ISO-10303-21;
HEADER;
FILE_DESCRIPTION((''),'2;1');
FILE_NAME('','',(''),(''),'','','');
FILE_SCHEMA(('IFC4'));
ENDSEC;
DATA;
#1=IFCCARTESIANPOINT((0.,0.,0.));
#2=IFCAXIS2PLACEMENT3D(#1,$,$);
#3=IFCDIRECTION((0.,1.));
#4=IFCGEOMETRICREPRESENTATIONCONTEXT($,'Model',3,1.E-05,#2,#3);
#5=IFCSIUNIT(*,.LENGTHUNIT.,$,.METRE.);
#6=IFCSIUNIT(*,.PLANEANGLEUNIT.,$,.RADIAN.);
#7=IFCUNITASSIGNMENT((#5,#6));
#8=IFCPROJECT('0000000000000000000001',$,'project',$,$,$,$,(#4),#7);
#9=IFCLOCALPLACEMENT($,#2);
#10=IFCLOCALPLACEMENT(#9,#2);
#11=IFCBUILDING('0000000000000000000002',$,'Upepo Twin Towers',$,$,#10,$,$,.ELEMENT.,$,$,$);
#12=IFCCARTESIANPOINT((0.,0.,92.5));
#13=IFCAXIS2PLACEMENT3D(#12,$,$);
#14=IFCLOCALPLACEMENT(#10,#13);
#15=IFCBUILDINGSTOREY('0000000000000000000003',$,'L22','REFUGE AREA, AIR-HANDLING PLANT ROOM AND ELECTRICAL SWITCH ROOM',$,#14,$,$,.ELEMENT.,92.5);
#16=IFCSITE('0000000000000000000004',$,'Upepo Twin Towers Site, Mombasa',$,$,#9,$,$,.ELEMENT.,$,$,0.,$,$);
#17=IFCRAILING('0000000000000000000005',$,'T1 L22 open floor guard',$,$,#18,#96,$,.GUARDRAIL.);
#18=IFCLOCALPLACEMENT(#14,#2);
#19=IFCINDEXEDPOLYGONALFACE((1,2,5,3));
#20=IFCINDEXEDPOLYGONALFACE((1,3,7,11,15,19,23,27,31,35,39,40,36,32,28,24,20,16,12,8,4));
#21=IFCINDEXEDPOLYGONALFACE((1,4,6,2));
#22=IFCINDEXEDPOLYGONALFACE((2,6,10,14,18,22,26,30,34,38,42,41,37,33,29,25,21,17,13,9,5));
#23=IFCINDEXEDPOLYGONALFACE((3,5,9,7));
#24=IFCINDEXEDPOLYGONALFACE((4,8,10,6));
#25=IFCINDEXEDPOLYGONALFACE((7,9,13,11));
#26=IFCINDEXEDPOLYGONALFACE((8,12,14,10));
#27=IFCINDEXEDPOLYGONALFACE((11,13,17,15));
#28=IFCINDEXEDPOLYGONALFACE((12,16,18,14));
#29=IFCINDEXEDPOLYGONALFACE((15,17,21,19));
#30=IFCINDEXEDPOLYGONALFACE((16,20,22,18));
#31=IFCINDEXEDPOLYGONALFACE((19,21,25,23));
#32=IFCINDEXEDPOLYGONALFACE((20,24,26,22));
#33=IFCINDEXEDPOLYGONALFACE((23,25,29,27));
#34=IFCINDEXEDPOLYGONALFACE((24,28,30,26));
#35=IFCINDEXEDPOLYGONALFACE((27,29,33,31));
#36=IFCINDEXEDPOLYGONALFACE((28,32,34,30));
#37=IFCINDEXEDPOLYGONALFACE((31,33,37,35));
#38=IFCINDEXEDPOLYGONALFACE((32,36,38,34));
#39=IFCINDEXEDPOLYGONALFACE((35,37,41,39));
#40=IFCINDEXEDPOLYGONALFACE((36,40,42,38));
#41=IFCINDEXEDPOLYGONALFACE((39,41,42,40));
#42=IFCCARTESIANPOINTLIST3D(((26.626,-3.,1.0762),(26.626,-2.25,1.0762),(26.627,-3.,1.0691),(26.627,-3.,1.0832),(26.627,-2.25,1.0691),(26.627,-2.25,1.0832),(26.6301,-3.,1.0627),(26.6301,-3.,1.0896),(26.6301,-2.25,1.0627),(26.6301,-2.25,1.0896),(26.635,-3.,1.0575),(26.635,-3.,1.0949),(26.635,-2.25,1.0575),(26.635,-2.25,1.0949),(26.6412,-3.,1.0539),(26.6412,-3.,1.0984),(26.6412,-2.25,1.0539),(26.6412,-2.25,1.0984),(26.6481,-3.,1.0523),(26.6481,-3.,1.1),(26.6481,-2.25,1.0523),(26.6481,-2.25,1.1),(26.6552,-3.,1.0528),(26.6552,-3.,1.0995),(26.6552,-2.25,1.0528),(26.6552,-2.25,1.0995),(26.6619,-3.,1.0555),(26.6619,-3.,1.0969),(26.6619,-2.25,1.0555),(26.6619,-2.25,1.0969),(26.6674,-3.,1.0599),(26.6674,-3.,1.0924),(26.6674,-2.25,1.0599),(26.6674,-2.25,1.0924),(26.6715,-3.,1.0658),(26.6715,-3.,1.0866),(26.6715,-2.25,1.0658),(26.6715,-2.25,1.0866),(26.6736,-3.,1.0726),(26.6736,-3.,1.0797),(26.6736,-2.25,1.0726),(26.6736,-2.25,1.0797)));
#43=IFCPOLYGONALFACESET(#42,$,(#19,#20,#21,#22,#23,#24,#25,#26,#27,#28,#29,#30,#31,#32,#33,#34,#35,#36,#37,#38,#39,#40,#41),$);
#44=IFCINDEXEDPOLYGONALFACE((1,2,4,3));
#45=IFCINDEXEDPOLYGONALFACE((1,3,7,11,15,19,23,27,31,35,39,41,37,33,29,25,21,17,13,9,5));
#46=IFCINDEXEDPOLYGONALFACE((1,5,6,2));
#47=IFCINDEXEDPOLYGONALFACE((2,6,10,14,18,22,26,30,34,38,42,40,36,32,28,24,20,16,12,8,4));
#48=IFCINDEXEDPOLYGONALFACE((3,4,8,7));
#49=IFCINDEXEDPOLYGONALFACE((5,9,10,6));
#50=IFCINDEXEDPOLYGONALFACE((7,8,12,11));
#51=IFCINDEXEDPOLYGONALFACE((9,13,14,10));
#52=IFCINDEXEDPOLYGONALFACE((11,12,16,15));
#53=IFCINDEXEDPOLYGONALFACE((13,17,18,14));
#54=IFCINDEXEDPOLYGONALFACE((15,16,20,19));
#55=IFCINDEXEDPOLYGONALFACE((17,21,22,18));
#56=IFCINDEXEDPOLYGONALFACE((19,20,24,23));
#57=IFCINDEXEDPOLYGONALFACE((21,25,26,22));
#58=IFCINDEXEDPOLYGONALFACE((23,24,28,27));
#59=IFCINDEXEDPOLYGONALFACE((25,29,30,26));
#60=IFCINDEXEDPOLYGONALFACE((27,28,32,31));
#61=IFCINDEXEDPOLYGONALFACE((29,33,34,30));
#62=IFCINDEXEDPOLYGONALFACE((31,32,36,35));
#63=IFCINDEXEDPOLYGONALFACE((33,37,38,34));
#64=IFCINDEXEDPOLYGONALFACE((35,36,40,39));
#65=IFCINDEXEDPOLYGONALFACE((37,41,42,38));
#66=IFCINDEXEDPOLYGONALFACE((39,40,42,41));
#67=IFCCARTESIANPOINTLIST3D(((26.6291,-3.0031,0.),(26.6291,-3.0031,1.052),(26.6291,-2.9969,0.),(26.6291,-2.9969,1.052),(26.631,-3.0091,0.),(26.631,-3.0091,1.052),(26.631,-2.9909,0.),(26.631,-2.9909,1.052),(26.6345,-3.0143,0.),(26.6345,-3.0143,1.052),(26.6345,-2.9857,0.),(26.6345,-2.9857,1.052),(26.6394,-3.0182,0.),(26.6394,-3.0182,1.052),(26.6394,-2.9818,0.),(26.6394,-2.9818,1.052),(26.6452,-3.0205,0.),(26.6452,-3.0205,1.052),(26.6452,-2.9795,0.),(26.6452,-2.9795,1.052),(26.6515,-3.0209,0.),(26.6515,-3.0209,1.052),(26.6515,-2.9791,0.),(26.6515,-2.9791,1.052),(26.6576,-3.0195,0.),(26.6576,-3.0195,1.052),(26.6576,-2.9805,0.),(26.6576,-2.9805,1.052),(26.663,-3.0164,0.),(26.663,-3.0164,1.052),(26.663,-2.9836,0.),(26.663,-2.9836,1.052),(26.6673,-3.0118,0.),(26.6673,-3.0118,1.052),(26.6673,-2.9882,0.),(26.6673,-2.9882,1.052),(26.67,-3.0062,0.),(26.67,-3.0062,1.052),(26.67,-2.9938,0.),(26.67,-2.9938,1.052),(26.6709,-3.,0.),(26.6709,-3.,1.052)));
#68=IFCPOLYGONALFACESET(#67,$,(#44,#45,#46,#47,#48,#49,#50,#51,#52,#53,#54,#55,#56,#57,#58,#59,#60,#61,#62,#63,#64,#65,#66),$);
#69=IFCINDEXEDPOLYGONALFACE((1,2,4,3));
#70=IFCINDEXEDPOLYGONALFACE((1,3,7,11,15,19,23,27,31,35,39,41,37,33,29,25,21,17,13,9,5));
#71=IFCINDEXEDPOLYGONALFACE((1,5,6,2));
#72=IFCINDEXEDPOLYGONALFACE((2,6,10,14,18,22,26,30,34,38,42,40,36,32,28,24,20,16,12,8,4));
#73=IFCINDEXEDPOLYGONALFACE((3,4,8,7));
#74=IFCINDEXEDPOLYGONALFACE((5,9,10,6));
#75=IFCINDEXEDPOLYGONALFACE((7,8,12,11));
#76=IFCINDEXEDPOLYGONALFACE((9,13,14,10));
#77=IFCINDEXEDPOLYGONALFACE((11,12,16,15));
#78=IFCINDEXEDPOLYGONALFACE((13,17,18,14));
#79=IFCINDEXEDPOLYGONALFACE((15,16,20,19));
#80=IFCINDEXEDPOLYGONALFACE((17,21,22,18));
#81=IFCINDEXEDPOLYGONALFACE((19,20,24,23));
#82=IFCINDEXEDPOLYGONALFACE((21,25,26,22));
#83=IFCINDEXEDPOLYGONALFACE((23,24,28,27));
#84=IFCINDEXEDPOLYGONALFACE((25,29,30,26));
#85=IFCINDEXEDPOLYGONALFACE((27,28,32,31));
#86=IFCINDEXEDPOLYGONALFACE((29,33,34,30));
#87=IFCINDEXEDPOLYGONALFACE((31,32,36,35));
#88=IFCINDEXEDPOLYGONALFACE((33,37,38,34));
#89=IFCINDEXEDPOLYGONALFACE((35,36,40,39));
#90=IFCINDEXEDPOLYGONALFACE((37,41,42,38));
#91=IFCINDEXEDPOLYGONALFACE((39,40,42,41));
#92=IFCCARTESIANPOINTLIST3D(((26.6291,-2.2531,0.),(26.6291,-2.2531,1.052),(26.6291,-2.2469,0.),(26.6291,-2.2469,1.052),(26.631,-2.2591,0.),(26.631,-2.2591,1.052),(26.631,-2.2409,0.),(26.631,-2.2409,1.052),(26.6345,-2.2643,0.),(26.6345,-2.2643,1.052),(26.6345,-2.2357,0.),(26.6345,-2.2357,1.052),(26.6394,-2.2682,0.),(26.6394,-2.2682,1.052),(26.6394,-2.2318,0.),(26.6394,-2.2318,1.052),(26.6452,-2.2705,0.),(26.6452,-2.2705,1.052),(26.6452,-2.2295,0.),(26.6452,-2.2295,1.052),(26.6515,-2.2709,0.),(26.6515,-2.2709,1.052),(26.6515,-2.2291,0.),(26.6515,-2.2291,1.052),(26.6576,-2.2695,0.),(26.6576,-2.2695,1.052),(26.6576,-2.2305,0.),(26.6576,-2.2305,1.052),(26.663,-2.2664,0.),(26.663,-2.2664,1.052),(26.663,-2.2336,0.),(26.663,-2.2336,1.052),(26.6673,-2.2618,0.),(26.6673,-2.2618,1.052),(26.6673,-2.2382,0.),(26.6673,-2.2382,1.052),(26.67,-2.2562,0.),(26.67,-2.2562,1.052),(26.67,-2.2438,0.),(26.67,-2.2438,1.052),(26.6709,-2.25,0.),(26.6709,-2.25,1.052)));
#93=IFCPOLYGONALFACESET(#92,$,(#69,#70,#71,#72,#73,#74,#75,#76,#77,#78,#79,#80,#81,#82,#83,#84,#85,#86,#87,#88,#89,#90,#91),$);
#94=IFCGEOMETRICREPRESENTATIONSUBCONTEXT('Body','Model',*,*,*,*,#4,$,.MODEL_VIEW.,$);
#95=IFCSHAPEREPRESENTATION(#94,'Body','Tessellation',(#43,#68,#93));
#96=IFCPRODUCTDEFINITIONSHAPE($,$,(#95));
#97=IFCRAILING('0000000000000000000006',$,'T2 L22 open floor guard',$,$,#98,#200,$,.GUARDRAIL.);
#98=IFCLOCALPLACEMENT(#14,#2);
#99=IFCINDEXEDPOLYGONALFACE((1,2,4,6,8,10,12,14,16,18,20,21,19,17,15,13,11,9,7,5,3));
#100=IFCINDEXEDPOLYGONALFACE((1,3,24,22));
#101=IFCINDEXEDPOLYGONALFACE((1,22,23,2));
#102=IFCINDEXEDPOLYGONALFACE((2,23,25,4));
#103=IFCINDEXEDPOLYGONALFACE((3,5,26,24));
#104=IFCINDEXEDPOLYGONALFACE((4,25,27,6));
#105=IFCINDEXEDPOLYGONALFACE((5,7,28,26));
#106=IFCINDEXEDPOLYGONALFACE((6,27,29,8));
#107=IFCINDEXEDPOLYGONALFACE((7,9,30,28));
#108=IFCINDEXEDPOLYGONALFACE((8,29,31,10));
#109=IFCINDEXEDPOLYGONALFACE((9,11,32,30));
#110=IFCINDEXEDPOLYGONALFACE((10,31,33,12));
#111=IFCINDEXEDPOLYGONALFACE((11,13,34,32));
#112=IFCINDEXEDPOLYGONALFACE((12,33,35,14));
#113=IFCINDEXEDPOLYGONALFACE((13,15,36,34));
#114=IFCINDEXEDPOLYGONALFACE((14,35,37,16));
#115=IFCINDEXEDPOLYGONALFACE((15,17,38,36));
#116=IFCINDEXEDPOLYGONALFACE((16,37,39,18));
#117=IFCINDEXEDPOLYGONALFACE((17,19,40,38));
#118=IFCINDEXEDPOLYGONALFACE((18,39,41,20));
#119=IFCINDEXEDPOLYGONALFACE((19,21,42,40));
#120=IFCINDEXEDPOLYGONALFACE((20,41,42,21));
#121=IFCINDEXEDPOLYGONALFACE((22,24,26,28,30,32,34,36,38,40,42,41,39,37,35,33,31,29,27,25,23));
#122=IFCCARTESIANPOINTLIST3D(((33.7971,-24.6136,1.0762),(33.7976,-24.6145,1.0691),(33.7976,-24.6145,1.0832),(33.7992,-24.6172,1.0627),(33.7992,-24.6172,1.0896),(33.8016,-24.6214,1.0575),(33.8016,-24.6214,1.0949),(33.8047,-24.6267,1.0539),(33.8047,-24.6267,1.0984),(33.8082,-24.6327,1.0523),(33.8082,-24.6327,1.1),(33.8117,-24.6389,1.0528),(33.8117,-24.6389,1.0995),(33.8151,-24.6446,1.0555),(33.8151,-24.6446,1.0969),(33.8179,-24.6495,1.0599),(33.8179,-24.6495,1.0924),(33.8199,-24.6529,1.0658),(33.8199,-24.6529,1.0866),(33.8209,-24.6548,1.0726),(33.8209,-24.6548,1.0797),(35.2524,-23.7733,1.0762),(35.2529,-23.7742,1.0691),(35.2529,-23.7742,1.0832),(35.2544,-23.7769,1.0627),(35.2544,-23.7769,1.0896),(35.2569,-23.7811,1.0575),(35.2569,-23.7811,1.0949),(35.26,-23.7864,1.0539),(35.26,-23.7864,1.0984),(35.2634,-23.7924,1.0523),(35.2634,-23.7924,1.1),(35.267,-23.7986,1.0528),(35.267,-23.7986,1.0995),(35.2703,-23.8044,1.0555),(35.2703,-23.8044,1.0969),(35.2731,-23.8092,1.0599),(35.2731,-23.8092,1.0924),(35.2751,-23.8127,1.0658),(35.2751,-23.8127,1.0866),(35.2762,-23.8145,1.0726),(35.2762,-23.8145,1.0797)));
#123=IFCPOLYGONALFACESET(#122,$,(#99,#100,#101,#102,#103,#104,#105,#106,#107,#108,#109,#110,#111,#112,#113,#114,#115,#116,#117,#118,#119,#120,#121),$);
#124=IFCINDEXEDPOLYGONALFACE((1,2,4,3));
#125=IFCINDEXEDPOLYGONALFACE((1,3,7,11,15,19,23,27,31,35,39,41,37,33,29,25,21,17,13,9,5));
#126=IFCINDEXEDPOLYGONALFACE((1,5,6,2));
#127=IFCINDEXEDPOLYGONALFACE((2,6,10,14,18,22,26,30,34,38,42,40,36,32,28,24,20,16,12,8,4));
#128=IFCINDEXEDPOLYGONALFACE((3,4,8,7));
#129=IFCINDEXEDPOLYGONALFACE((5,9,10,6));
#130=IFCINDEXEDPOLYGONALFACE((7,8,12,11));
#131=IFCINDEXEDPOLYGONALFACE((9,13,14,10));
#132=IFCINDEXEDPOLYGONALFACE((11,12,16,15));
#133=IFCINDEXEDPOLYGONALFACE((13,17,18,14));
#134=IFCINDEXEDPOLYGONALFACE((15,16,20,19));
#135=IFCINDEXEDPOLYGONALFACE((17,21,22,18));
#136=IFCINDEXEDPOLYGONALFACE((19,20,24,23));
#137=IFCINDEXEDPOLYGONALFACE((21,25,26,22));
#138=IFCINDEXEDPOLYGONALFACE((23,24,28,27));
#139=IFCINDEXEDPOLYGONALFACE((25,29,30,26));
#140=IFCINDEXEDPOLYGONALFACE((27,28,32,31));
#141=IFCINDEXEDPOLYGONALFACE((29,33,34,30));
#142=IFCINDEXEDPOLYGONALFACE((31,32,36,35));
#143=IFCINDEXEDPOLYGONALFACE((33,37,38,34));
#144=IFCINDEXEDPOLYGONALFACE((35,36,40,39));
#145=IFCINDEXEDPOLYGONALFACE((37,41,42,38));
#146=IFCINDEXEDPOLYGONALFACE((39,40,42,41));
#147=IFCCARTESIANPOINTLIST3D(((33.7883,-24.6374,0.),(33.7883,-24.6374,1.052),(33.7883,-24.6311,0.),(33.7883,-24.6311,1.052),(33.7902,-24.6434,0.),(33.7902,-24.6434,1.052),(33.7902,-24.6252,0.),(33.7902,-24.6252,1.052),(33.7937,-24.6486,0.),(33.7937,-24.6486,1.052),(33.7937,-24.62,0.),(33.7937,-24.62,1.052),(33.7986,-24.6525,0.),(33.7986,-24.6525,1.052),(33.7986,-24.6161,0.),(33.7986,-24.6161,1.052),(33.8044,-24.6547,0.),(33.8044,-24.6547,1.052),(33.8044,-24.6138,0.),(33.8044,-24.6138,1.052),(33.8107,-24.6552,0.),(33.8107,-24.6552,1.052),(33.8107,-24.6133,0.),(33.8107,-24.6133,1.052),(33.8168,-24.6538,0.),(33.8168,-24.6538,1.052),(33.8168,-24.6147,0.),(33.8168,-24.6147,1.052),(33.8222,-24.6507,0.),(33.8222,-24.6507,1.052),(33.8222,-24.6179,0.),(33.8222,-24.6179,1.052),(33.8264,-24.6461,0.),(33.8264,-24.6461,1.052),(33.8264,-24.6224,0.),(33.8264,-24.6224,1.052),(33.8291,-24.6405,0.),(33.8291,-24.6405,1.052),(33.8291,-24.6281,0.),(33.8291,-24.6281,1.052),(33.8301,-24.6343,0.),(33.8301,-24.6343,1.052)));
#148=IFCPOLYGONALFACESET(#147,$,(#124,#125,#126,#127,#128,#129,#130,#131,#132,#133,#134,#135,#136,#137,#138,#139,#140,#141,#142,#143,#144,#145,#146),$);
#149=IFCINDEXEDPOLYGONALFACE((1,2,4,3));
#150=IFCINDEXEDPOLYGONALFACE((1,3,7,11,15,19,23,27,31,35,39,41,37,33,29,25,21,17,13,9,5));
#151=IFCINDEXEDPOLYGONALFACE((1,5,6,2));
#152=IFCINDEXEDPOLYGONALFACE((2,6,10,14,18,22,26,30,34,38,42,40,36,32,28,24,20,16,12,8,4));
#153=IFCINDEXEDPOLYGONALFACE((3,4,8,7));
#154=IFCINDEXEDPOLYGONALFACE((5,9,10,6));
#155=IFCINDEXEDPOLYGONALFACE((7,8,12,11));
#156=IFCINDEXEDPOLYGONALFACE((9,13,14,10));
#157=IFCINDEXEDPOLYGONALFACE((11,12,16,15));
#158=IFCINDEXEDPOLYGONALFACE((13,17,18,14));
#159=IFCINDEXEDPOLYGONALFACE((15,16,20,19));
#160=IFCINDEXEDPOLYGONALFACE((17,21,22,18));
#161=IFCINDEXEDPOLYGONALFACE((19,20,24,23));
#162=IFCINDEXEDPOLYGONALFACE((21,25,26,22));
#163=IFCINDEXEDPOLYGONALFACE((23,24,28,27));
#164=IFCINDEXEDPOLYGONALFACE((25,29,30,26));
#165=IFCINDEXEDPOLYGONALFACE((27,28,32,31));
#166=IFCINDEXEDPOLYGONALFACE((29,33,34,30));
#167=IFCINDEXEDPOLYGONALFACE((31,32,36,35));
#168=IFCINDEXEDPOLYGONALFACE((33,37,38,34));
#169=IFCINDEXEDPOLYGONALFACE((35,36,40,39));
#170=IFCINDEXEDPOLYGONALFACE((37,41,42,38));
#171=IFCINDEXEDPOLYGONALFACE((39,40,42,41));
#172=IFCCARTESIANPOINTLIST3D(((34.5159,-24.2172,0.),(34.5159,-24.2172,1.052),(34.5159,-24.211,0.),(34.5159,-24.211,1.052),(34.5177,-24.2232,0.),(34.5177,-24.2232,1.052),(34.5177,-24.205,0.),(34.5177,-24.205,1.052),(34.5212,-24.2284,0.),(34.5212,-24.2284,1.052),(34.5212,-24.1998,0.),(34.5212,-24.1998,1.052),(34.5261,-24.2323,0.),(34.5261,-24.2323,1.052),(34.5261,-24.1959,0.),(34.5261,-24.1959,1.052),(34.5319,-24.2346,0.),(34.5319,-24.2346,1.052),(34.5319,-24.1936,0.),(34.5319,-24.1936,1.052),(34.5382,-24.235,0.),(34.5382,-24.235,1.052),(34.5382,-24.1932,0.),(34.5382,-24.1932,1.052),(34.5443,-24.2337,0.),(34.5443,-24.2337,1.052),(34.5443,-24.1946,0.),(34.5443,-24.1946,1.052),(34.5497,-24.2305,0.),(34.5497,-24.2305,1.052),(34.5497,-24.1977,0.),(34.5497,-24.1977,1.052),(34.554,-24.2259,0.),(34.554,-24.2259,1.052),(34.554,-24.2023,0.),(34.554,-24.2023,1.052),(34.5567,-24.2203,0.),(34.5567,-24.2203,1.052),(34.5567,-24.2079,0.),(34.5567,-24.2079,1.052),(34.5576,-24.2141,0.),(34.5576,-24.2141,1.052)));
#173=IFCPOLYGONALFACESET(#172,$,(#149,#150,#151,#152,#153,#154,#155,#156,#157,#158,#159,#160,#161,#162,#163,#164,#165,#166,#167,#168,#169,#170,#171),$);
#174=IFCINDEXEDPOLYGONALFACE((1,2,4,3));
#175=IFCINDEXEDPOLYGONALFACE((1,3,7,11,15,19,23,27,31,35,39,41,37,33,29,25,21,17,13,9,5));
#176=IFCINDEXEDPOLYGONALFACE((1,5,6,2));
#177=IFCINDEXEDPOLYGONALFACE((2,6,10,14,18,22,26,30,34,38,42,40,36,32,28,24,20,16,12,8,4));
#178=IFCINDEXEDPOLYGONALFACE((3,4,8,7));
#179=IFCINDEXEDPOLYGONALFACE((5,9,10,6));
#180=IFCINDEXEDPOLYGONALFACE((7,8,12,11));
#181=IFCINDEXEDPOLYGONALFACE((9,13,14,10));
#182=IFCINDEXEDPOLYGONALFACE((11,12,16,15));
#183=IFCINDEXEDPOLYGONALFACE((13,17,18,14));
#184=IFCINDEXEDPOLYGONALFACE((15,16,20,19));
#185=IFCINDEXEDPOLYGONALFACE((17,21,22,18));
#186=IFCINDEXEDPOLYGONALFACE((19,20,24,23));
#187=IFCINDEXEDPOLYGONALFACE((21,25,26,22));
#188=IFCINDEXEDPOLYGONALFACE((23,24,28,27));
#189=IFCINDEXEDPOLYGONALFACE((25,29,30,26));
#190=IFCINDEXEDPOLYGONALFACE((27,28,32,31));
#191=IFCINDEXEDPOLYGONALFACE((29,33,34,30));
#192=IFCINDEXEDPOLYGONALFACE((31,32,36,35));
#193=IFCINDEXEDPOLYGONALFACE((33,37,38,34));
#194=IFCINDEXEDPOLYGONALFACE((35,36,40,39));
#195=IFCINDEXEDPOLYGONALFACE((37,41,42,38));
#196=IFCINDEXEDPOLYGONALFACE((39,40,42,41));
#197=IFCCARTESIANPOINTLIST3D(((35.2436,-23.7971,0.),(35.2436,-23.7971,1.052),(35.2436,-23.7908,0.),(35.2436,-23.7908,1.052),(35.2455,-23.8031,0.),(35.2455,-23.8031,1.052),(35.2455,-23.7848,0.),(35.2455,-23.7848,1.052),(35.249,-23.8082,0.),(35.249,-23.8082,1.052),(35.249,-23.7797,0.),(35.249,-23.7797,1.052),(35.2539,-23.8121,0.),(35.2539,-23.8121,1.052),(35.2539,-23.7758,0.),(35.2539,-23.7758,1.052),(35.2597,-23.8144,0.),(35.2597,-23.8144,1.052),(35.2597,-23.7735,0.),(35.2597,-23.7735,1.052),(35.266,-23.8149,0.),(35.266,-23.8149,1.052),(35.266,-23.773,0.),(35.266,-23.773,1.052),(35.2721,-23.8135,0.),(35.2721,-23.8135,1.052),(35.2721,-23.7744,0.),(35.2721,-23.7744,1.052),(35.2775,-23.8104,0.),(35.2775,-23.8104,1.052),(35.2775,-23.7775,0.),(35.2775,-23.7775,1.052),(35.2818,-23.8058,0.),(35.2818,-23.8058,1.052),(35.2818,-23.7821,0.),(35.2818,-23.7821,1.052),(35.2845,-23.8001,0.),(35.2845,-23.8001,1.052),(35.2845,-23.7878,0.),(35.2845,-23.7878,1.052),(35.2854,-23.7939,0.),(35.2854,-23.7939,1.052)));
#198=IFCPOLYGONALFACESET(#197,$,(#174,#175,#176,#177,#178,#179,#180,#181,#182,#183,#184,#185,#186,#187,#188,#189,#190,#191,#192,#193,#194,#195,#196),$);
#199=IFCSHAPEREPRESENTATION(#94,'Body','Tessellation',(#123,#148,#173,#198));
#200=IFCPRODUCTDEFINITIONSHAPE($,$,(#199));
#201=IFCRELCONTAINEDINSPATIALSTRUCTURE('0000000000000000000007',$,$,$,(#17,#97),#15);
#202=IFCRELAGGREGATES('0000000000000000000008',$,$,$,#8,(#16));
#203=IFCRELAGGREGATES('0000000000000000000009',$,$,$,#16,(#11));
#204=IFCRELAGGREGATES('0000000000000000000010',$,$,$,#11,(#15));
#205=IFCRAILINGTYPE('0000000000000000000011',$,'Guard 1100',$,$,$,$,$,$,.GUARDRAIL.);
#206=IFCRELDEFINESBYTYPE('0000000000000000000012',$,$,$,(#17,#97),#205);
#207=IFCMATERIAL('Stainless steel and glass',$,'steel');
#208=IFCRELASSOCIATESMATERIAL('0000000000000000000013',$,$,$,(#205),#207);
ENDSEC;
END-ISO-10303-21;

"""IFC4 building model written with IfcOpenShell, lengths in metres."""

from ifc_helpers import new_model, si_unit, direction, frame, origin, origin_2d, place, context, subcontext, project, spatial, circle, extrude, material, type_object, element, save


model = new_model("IFC4")

# Units and contexts
model_context = context("Model", 3, precision=1e-05, world=origin(), true_north=direction((0.0, 1.0)))
body_context = subcontext(model_context, "Body", "Model", "MODEL_VIEW")
ifc_project = project(units=[si_unit("LENGTHUNIT", "METRE"), si_unit("PLANEANGLEUNIT", "RADIAN")], contexts=[model_context])

# Site, building, storey
site_placement = place(None, origin())
site = spatial("IfcSite", under=ifc_project, at=site_placement, Name="Upepo Twin Towers Site, Mombasa", CompositionType="ELEMENT", RefElevation=0.0)
building_placement = place(site_placement, origin())
building = spatial("IfcBuilding", under=site, at=building_placement, Name="Upepo Twin Towers", CompositionType="ELEMENT")
storey_placement = place(building_placement, frame((0.0, 0.0, 92.5)))
storey = spatial("IfcBuildingStorey", under=building, at=storey_placement, Name="L22", Description="REFUGE AREA, AIR-HANDLING PLANT ROOM AND ELECTRICAL SWITCH ROOM", CompositionType="ELEMENT", Elevation=92.5)

# Railings
ifc_material_1 = material(Name="Stainless steel and glass", Category="steel")
railing_type = type_object("IfcRailingType", Name="Guard 1100", PredefinedType="GUARDRAIL", material=ifc_material_1)
railing_1_placement = place(storey_placement, frame((26.6499, -3.0, 0.0)))
element("IfcRailing", 1, at=railing_1_placement, inside=storey, type_object=railing_type, Name="T1 L22 open floor guard", PredefinedType="GUARDRAIL", context=body_context, shape_type="SweptSolid", body=[
    extrude(circle(Radius=0.0239, at=origin_2d()), frame((0.0, 0.0, 1.0762), z_axis=(0.0, 1.0, 0.0), x_axis=(-1.0, 0.0, 0.0)), (0.0, 0.0, 1.0), 0.75),
    extrude(circle(Radius=0.021, at=origin_2d()), origin(), (0.0, 0.0, 1.0), 1.052),
    extrude(circle(Radius=0.021, at=origin_2d()), frame((0.0, 0.75, 0.0)), (0.0, 0.0, 1.0), 1.052),
])
railing_2_placement = place(storey_placement, frame((33.8091, -24.6343, 0.0)))
element("IfcRailing", 2, at=railing_2_placement, inside=storey, type_object=railing_type, Name="T2 L22 open floor guard", PredefinedType="GUARDRAIL", context=body_context, shape_type="SweptSolid", body=[
    extrude(circle(Radius=0.0239, at=origin_2d()), frame((0.0, 0.0, 1.0762), z_axis=(0.865999, 0.500045, 0.0), x_axis=(-0.500045, 0.865999, 0.0)), (0.0, 0.0, 1.0), 1.6804),
    extrude(circle(Radius=0.021, at=origin_2d()), origin(), (0.0, 0.0, 1.0), 1.052),
    extrude(circle(Radius=0.021, at=origin_2d()), frame((0.7275, 0.4202, 0.0)), (0.0, 0.0, 1.0), 1.052),
    extrude(circle(Radius=0.021, at=origin_2d()), frame((1.4553, 0.8403, 0.0)), (0.0, 0.0, 1.0), 1.052),
])

save(model, "model.ifc")
